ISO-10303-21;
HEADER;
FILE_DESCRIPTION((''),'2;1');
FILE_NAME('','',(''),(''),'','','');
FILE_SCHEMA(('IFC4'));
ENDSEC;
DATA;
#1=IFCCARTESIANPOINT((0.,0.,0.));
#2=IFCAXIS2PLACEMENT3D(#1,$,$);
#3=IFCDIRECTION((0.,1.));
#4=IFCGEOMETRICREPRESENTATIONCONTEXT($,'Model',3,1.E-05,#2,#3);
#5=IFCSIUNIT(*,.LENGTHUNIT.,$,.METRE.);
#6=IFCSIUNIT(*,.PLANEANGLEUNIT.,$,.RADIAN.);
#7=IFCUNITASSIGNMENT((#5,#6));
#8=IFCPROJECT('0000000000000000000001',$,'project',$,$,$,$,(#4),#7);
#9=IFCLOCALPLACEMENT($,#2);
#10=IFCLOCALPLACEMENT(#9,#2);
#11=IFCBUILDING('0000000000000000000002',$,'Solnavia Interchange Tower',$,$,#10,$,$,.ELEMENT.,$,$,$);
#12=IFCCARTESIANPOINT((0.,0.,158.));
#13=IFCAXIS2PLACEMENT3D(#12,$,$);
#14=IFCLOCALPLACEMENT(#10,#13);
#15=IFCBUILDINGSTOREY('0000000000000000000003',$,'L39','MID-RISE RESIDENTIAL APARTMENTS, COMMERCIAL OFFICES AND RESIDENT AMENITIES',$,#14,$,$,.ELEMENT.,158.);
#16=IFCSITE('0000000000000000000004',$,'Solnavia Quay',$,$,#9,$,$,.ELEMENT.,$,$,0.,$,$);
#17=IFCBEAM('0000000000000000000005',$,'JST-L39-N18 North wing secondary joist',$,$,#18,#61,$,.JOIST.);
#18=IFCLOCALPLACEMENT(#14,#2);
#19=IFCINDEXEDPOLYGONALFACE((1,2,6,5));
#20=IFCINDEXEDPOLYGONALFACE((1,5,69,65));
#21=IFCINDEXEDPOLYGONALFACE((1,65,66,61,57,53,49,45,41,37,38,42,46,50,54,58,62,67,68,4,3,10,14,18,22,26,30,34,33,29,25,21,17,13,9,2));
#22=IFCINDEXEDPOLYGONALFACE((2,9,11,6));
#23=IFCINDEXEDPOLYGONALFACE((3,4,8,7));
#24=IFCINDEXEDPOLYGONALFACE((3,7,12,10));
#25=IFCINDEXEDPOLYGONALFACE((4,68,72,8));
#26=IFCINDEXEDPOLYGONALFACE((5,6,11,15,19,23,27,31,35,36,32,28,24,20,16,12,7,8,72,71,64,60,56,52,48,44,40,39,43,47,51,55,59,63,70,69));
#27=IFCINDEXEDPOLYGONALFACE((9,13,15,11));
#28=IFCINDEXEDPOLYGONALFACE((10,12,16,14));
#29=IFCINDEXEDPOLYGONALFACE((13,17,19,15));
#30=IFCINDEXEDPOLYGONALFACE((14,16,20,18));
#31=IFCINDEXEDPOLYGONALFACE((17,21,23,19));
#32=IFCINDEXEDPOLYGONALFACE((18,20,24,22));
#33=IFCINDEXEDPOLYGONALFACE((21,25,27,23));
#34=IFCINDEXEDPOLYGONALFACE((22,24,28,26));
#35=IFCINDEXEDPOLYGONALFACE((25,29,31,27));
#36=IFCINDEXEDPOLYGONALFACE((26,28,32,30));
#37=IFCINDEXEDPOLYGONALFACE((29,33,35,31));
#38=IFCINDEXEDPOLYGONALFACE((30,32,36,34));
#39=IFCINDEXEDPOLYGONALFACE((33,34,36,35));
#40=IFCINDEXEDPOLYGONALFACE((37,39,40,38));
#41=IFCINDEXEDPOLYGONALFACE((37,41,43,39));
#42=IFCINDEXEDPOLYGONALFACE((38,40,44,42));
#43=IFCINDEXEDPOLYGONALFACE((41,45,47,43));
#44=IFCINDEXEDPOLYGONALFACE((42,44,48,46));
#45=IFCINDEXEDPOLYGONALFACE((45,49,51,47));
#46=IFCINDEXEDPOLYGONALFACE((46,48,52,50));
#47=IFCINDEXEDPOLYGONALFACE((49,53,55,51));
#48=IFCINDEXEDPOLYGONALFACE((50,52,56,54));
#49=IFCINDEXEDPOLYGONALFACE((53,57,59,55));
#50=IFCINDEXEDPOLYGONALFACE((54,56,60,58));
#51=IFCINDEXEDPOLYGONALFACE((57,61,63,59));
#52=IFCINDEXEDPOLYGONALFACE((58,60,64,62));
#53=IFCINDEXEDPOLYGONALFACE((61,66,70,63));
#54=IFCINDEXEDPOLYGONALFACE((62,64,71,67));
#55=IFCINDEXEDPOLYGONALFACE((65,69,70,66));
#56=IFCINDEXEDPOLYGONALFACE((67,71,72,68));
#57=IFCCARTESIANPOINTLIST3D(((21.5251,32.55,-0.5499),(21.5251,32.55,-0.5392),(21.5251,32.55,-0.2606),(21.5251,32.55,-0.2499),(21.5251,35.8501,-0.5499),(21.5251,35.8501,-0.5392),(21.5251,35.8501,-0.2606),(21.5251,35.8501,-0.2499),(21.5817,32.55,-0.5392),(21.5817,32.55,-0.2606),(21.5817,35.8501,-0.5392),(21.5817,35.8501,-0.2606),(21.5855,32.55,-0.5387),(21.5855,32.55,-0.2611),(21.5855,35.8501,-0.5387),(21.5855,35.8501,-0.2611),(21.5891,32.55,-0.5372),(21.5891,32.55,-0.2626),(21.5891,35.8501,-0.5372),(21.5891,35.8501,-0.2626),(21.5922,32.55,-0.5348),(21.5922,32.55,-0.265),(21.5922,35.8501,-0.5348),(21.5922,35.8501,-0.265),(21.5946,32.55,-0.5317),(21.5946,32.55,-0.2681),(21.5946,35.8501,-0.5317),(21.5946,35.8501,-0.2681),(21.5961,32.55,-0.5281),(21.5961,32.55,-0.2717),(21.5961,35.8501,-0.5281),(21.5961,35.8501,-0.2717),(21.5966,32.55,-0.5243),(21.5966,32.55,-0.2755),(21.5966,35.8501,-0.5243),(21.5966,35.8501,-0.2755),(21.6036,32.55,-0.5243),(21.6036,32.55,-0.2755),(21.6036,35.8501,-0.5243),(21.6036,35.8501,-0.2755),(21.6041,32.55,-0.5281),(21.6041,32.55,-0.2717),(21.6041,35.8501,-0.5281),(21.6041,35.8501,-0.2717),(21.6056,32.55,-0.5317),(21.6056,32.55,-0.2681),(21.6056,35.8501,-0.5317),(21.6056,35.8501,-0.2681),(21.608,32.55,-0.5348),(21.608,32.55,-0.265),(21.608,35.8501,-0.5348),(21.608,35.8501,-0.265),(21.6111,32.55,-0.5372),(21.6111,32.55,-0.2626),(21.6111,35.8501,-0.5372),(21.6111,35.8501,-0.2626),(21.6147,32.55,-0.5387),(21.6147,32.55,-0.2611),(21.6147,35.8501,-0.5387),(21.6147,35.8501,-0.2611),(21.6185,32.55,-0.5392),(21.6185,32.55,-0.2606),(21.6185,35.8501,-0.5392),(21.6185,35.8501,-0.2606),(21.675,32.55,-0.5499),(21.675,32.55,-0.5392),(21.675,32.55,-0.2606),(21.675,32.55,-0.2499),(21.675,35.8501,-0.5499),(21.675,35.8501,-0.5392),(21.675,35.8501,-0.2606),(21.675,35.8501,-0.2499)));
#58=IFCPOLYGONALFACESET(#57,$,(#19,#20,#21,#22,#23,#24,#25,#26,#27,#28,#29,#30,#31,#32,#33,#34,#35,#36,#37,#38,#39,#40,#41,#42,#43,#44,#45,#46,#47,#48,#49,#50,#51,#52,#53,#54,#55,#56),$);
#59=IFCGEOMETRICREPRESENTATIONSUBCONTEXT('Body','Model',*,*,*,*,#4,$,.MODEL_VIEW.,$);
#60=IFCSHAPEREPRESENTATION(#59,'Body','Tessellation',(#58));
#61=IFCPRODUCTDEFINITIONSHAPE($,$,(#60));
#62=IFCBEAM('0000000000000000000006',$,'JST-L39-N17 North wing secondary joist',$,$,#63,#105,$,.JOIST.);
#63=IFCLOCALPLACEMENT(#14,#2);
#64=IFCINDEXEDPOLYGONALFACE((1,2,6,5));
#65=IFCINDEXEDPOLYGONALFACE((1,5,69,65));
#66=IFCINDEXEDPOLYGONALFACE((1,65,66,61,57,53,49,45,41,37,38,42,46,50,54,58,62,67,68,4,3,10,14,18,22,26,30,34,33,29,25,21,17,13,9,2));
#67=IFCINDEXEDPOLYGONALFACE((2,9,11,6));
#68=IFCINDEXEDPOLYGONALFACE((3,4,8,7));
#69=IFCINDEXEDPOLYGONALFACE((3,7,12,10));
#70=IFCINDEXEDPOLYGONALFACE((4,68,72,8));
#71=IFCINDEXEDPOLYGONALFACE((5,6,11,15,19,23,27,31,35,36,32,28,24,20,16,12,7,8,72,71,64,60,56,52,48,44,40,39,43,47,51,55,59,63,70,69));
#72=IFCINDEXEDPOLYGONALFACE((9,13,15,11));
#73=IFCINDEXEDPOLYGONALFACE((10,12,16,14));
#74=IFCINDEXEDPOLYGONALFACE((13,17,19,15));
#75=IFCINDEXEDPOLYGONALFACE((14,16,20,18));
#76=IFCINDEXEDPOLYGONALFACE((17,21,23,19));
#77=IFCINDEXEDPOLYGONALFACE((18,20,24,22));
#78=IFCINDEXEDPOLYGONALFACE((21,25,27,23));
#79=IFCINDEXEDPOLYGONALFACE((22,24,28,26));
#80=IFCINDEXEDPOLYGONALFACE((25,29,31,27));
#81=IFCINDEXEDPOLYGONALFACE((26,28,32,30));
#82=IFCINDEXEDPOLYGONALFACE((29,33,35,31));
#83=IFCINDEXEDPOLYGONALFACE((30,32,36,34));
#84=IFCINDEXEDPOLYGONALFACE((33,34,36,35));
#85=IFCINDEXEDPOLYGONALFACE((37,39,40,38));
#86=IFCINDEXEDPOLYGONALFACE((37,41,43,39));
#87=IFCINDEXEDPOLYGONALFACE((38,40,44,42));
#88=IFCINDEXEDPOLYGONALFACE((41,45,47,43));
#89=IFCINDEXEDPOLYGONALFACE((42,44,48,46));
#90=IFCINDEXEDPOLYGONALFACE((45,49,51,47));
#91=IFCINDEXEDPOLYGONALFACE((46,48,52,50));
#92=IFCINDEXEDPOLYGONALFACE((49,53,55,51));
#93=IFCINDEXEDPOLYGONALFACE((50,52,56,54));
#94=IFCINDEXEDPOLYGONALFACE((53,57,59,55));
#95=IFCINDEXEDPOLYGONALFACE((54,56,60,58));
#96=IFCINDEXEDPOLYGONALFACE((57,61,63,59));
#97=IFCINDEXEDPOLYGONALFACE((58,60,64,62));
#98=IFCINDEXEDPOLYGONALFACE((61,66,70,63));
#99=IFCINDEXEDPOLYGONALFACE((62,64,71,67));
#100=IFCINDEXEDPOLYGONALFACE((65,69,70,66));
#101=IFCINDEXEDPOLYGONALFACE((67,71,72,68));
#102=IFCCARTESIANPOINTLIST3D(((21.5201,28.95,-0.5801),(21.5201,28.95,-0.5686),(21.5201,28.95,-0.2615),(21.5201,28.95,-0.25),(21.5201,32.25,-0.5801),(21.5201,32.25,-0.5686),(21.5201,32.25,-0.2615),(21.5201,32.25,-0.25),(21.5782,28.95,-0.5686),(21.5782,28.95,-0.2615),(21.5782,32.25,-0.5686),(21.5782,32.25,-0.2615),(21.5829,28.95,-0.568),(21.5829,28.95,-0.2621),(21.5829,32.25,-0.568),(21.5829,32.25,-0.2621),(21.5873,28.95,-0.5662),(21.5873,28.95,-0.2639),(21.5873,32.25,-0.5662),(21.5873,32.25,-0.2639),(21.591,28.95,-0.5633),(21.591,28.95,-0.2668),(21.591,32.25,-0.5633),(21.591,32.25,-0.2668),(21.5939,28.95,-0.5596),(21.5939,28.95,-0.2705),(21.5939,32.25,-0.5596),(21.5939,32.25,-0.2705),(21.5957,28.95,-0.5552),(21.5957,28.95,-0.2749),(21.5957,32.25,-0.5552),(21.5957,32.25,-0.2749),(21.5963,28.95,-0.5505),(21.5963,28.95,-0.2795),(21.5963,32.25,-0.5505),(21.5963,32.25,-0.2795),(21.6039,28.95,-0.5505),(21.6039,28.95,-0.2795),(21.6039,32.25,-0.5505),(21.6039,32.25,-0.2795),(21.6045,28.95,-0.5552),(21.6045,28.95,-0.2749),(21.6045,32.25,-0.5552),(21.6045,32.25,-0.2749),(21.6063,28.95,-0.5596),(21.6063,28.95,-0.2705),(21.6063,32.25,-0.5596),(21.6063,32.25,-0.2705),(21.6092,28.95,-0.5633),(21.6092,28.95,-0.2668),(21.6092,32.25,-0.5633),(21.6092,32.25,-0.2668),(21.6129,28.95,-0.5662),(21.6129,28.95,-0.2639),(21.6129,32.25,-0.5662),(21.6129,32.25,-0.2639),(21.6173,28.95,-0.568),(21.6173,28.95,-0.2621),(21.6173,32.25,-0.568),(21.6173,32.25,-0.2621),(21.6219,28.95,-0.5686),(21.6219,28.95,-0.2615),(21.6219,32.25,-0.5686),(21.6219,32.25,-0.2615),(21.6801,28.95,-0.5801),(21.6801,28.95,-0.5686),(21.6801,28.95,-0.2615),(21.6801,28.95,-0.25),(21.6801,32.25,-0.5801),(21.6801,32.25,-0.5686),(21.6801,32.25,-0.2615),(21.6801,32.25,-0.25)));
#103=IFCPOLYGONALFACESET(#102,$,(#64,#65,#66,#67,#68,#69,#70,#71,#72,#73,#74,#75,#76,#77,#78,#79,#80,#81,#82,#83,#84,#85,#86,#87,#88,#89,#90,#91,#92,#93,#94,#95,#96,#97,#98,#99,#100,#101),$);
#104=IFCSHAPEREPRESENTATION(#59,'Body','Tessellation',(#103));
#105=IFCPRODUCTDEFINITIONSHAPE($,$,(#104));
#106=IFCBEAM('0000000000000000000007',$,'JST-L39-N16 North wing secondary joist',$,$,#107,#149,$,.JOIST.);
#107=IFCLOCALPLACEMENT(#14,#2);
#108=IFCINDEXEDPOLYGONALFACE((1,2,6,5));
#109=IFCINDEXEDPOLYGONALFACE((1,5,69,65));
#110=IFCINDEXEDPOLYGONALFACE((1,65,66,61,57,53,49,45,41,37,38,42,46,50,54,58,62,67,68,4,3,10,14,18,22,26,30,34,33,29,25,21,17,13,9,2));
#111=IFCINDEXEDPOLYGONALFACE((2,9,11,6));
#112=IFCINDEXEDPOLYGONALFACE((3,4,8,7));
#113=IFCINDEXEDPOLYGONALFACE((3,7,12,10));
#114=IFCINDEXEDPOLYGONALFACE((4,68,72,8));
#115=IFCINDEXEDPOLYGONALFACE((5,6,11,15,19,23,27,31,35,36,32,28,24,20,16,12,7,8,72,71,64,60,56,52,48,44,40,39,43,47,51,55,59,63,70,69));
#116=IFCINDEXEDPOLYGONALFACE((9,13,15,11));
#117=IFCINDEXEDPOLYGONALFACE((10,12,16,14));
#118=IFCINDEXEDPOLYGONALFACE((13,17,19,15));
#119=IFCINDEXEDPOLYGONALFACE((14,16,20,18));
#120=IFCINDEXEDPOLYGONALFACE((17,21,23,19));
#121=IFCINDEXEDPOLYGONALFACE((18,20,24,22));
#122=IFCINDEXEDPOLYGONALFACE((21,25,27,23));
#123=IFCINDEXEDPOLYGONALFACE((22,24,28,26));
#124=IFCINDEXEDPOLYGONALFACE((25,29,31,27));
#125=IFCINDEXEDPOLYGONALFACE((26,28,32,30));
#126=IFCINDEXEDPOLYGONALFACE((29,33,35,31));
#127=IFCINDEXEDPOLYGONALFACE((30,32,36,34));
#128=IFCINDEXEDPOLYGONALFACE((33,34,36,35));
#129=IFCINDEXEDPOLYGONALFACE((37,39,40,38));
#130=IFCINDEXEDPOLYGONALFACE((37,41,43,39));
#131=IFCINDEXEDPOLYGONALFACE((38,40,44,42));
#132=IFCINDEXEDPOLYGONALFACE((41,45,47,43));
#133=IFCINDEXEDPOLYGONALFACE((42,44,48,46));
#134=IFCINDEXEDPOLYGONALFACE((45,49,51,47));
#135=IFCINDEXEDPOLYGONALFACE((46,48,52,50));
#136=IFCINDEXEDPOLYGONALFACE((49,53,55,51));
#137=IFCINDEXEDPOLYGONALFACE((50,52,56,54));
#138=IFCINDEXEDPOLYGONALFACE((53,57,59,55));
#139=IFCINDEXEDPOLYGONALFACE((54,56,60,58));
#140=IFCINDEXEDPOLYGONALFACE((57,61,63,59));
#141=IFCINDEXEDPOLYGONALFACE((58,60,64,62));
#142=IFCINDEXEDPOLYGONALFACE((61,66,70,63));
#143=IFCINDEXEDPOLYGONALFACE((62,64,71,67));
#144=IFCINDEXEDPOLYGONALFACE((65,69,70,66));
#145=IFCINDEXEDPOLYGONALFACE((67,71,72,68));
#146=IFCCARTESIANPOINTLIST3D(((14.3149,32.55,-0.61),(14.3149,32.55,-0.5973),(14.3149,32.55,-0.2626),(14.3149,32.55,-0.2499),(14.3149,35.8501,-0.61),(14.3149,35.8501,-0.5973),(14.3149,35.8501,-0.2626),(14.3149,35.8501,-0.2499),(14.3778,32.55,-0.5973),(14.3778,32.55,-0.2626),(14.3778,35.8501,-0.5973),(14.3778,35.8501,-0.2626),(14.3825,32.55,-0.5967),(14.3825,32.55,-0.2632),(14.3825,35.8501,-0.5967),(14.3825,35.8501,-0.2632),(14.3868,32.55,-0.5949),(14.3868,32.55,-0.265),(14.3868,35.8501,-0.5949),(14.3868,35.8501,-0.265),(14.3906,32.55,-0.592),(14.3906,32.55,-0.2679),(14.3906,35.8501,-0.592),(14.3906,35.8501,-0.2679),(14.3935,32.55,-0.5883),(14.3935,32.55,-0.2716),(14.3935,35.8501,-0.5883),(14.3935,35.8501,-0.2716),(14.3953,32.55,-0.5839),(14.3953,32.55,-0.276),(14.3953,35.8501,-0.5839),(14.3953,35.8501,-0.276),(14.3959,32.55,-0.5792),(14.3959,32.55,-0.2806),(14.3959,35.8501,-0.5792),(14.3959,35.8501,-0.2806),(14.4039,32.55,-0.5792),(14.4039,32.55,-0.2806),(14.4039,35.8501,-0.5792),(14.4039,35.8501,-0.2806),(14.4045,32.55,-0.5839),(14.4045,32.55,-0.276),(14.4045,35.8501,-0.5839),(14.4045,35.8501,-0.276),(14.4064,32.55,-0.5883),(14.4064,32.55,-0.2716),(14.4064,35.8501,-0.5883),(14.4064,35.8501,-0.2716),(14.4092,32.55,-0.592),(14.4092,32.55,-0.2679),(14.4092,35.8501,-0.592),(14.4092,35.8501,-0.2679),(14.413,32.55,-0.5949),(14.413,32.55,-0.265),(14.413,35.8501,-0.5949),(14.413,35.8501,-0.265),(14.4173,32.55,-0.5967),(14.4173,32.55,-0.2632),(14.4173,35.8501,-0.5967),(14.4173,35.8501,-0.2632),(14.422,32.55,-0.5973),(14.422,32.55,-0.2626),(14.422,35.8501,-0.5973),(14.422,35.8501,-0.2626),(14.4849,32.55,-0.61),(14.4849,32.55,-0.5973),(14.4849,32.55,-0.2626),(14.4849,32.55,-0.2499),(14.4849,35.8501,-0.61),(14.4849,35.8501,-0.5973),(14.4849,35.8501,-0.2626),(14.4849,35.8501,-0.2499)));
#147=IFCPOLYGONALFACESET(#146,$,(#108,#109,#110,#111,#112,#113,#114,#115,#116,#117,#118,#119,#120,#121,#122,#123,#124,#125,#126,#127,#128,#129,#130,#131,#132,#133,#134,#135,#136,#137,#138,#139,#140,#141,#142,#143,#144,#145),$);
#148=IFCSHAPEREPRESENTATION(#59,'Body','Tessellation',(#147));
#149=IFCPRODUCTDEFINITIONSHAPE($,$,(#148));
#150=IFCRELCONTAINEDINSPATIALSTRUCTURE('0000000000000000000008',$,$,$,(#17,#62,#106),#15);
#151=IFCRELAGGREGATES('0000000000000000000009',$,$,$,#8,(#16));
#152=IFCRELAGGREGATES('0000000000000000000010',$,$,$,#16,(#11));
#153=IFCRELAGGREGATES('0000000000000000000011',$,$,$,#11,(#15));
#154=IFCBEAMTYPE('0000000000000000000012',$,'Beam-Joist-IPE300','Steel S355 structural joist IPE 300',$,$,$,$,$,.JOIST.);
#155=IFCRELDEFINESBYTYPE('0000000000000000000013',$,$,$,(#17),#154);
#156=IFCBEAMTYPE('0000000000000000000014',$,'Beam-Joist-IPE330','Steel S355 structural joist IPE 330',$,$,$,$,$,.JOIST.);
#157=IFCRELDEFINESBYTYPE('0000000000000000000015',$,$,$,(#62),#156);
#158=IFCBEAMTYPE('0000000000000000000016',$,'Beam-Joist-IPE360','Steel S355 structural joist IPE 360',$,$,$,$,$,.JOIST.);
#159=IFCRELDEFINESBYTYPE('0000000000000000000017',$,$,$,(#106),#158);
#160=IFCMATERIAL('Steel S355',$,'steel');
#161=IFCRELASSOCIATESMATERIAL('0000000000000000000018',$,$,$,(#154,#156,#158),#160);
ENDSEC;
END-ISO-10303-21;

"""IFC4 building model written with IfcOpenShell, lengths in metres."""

from ifc_helpers import new_model, si_unit, direction, frame, origin, origin_2d, place, context, subcontext, project, spatial, i_section, extrude, material, material_profile, profile_set, type_object, element, save


model = new_model("IFC4")

# Units and contexts
model_context = context("Model", 3, precision=1e-05, world=origin(), true_north=direction((0.0, 1.0)))
body_context = subcontext(model_context, "Body", "Model", "MODEL_VIEW")
ifc_project = project(units=[si_unit("LENGTHUNIT", "METRE"), si_unit("PLANEANGLEUNIT", "RADIAN")], contexts=[model_context])

# Site, building, storey
site_placement = place(None, origin())
site = spatial("IfcSite", under=ifc_project, at=site_placement, Name="Solnavia Quay", CompositionType="ELEMENT", RefElevation=0.0)
building_placement = place(site_placement, origin())
building = spatial("IfcBuilding", under=site, at=building_placement, Name="Solnavia Interchange Tower", CompositionType="ELEMENT")
storey_placement = place(building_placement, frame((0.0, 0.0, 158.0)))
storey = spatial("IfcBuildingStorey", under=building, at=storey_placement, Name="L39", Description="MID-RISE RESIDENTIAL APARTMENTS, COMMERCIAL OFFICES AND RESIDENT AMENITIES", CompositionType="ELEMENT", Elevation=158.0)

# Shared definitions
ifc_material_1 = material(Name="Steel S355", Category="steel")

# Beams
ifc_material_profile_1 = material_profile(ifc_material_1, i_section(OverallWidth=0.1499, OverallDepth=0.3, WebThickness=0.0071, FlangeThickness=0.0107, FilletRadius=0.0149, at=origin_2d()), Name="IPE 300")
ifc_profile_set_1 = profile_set([ifc_material_profile_1], Name="Steel S355")
beam_type_1 = type_object("IfcBeamType", Name="Beam-Joist-IPE300", Description="Steel S355 structural joist IPE 300", PredefinedType="JOIST", material=ifc_profile_set_1)
for number, where, z_axis, x_axis, name in (
    (1, (21.6001, 32.55, -0.3999), (0.0, 1.0, 0.0), (-1.0, 0.0, 0.0), "JST-L39-N18 North wing secondary joist"),
):
    element("IfcBeam", number, at=place(storey_placement, frame(where, z_axis=z_axis, x_axis=x_axis)), inside=storey, type_object=beam_type_1, Name=name, PredefinedType="JOIST", context=body_context, shape_type="SweptSolid", body=[
        extrude(i_section(OverallWidth=0.1499, OverallDepth=0.3, WebThickness=0.0071, FlangeThickness=0.0107, FilletRadius=0.0149, at=origin_2d()), origin(), (0.0, 0.0, 1.0), 3.3),
    ])
ifc_material_profile_2 = material_profile(ifc_material_1, i_section(OverallWidth=0.1599, OverallDepth=0.3301, WebThickness=0.0076, FlangeThickness=0.0115, FilletRadius=0.0181, at=origin_2d()), Name="IPE 330")
ifc_profile_set_2 = profile_set([ifc_material_profile_2], Name="Steel S355")
beam_type_2 = type_object("IfcBeamType", Name="Beam-Joist-IPE330", Description="Steel S355 structural joist IPE 330", PredefinedType="JOIST", material=ifc_profile_set_2)
beam_1_placement = place(storey_placement, frame((21.6001, 28.95, -0.415), z_axis=(0.0, 1.0, 0.0), x_axis=(-1.0, 0.0, 0.0)))
element("IfcBeam", 2, at=beam_1_placement, inside=storey, type_object=beam_type_2, Name="JST-L39-N17 North wing secondary joist", PredefinedType="JOIST", context=body_context, shape_type="SweptSolid", body=[
    extrude(i_section(OverallWidth=0.1599, OverallDepth=0.3301, WebThickness=0.0076, FlangeThickness=0.0115, FilletRadius=0.0181, at=origin_2d()), origin(), (0.0, 0.0, 1.0), 3.3),
])
ifc_material_profile_3 = material_profile(ifc_material_1, i_section(OverallWidth=0.1699, OverallDepth=0.3601, WebThickness=0.0081, FlangeThickness=0.0127, FilletRadius=0.0181, at=origin_2d()), Name="IPE 360")
ifc_profile_set_3 = profile_set([ifc_material_profile_3], Name="Steel S355")
beam_type_3 = type_object("IfcBeamType", Name="Beam-Joist-IPE360", Description="Steel S355 structural joist IPE 360", PredefinedType="JOIST", material=ifc_profile_set_3)
beam_2_placement = place(storey_placement, frame((14.3999, 32.55, -0.4299), z_axis=(0.0, 1.0, 0.0), x_axis=(-1.0, 0.0, 0.0)))
element("IfcBeam", 3, at=beam_2_placement, inside=storey, type_object=beam_type_3, Name="JST-L39-N16 North wing secondary joist", PredefinedType="JOIST", context=body_context, shape_type="SweptSolid", body=[
    extrude(i_section(OverallWidth=0.1699, OverallDepth=0.3601, WebThickness=0.0081, FlangeThickness=0.0127, FilletRadius=0.0181, at=origin_2d()), origin(), (0.0, 0.0, 1.0), 3.3),
])

save(model, "model.ifc")
